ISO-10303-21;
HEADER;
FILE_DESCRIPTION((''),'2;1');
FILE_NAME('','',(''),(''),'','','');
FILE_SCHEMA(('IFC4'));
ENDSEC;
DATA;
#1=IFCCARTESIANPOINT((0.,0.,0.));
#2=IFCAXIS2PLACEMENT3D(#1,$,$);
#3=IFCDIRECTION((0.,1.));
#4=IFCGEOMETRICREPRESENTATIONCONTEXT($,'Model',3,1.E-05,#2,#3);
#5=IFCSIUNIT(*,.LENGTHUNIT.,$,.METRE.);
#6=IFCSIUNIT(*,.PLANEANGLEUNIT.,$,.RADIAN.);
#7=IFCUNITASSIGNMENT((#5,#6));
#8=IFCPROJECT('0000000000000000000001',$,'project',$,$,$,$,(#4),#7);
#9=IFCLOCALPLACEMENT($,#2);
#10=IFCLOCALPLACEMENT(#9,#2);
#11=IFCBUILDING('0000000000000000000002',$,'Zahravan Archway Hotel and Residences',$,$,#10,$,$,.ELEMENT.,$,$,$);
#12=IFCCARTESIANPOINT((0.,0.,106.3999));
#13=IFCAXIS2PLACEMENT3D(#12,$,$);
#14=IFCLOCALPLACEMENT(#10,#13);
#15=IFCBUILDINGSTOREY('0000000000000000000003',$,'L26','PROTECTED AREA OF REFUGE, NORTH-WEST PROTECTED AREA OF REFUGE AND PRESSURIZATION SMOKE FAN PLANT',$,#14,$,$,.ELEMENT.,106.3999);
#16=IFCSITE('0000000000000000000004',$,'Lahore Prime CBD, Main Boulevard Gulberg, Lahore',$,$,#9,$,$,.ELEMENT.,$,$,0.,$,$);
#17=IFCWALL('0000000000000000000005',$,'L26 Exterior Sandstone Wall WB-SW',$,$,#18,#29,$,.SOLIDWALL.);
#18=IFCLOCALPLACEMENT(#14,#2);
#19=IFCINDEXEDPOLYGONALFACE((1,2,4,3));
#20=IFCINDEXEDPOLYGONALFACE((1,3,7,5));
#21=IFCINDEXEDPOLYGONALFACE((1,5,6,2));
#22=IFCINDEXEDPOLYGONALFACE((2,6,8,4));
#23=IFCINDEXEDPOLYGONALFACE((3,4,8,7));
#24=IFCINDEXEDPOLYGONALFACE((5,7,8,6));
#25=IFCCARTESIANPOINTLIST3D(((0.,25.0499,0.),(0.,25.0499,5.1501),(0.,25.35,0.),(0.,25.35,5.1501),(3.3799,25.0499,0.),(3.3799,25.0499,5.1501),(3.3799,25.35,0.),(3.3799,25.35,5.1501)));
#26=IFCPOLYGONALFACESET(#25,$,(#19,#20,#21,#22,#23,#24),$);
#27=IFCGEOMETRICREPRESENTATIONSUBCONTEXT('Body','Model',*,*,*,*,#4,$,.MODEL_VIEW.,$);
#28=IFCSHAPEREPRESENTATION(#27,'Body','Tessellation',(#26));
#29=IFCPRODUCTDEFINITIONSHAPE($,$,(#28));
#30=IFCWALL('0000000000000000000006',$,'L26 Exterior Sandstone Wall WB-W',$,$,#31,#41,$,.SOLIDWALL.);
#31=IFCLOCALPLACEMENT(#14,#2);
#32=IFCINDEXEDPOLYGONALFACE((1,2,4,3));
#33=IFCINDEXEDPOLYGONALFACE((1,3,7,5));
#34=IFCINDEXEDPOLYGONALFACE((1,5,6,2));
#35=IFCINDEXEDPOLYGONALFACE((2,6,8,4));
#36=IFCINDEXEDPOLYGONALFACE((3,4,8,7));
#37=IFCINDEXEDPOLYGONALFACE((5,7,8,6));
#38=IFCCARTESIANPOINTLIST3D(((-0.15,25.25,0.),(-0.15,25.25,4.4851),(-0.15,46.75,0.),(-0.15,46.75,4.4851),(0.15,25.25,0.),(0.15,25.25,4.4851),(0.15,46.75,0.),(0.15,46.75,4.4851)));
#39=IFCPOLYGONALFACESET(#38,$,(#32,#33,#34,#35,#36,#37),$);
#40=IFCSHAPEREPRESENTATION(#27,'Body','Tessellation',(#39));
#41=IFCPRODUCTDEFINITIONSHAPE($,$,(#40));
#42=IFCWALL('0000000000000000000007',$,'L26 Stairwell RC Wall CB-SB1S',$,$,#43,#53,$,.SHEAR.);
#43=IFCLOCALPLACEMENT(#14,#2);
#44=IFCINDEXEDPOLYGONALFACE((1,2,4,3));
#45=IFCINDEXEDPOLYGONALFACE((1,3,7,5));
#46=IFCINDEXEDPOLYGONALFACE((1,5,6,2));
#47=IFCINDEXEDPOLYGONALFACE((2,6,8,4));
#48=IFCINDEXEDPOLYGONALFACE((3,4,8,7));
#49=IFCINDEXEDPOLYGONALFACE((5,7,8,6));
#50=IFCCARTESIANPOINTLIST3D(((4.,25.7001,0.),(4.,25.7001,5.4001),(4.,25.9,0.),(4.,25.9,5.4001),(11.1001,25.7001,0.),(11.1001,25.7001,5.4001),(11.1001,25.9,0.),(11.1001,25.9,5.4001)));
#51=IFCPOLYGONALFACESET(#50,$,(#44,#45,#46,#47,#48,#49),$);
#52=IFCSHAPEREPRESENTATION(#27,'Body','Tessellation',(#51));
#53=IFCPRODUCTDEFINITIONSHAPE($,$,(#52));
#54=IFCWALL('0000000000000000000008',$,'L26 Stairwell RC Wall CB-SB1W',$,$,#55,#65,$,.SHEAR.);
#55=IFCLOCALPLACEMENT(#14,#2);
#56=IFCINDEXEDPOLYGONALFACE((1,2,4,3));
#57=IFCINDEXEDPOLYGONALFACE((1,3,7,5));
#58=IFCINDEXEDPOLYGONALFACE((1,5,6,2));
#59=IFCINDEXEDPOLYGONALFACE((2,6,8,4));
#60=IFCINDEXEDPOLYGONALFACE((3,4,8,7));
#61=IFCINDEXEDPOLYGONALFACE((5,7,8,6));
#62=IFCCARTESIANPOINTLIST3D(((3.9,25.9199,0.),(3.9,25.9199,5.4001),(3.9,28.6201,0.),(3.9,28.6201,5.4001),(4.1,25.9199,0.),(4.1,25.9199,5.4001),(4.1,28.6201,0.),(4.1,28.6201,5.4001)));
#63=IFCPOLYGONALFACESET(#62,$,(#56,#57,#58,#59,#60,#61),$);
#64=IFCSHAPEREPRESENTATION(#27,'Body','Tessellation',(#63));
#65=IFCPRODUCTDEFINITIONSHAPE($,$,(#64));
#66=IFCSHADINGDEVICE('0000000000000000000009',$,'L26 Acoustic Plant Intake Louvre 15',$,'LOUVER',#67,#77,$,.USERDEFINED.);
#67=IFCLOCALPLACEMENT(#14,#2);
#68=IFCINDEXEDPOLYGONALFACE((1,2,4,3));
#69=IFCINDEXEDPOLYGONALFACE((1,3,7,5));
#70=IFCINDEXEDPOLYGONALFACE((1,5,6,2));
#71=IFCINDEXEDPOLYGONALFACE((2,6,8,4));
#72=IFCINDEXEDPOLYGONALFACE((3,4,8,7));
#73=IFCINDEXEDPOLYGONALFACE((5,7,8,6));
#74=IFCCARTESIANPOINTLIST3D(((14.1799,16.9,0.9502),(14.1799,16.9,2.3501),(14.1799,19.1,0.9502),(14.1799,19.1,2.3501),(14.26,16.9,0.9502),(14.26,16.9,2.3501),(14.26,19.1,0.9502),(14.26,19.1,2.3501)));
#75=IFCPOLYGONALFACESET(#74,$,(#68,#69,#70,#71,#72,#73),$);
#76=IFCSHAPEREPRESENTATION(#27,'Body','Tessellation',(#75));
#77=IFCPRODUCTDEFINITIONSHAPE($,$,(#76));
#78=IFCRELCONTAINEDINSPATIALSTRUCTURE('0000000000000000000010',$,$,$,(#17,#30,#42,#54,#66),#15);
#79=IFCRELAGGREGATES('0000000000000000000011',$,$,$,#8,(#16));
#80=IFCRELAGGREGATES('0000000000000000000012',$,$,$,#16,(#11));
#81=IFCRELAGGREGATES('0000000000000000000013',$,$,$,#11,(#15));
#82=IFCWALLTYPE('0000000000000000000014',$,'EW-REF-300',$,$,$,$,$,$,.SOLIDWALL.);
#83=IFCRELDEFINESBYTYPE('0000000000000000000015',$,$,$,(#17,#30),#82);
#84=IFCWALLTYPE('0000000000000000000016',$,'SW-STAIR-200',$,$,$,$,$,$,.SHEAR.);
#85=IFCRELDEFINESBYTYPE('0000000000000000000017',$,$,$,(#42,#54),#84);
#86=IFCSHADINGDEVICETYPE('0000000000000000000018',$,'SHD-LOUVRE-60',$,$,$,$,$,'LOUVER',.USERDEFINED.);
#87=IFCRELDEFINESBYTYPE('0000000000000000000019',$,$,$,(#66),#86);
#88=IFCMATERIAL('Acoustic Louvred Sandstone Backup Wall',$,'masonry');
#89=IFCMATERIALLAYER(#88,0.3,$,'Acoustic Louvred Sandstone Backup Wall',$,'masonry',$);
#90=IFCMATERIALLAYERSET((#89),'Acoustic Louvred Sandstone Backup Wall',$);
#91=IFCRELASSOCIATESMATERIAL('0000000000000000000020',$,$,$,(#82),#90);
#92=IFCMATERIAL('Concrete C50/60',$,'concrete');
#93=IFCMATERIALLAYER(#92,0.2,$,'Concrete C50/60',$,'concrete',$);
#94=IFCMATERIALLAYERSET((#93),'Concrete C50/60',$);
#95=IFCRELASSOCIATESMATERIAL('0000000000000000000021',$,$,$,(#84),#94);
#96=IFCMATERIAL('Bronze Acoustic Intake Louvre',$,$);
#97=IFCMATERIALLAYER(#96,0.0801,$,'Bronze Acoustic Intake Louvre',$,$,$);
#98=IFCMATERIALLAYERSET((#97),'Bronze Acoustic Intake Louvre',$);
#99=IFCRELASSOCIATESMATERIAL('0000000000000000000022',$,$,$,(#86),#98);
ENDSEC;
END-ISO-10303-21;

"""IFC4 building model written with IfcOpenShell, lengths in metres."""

from ifc_helpers import new_model, si_unit, direction, frame, frame_2d, origin, origin_2d, place, context, subcontext, project, spatial, rectangle, extrude, source, transform, mapped, material, layer, layer_set, type_object, type_shapes, element, save


model = new_model("IFC4")

# Units and contexts
model_context = context("Model", 3, precision=1e-05, world=origin(), true_north=direction((0.0, 1.0)))
body_context = subcontext(model_context, "Body", "Model", "MODEL_VIEW")
ifc_project = project(units=[si_unit("LENGTHUNIT", "METRE"), si_unit("PLANEANGLEUNIT", "RADIAN")], contexts=[model_context])

# Site, building, storey
site_placement = place(None, origin())
site = spatial("IfcSite", under=ifc_project, at=site_placement, Name="Lahore Prime CBD, Main Boulevard Gulberg, Lahore", CompositionType="ELEMENT", RefElevation=0.0)
building_placement = place(site_placement, origin())
building = spatial("IfcBuilding", under=site, at=building_placement, Name="Zahravan Archway Hotel and Residences", CompositionType="ELEMENT")
storey_placement = place(building_placement, frame((0.0, 0.0, 106.3999)))
storey = spatial("IfcBuildingStorey", under=building, at=storey_placement, Name="L26", Description="PROTECTED AREA OF REFUGE, NORTH-WEST PROTECTED AREA OF REFUGE AND PRESSURIZATION SMOKE FAN PLANT", CompositionType="ELEMENT", Elevation=106.3999)

# Walls
ifc_material_1 = material(Name="Acoustic Louvred Sandstone Backup Wall", Category="masonry")
ifc_layer_1 = layer(ifc_material_1, 0.3, Name="Acoustic Louvred Sandstone Backup Wall", Category="masonry")
ifc_layer_set_1 = layer_set([ifc_layer_1], Name="Acoustic Louvred Sandstone Backup Wall")
wall_type_1 = type_object("IfcWallType", Name="EW-REF-300", PredefinedType="SOLIDWALL", material=ifc_layer_set_1)
wall_1_placement = place(storey_placement, frame((0.0, 25.2, 0.0), z_axis=(0.0, 0.0, 1.0), x_axis=(1.0, 0.0, 0.0)))
element("IfcWall", 1, at=wall_1_placement, inside=storey, type_object=wall_type_1, Name="L26 Exterior Sandstone Wall WB-SW", PredefinedType="SOLIDWALL", context=body_context, shape_type="SweptSolid", body=[
    extrude(rectangle(XDim=3.3799, YDim=0.3, at=frame_2d((1.6899, 0.0))), origin(), (0.0, 0.0, 1.0), 5.1501),
])
wall_2_placement = place(storey_placement, frame((0.0, 25.25, 0.0), z_axis=(0.0, 0.0, 1.0), x_axis=(0.0, 1.0, 0.0)))
element("IfcWall", 2, at=wall_2_placement, inside=storey, type_object=wall_type_1, Name="L26 Exterior Sandstone Wall WB-W", PredefinedType="SOLIDWALL", context=body_context, shape_type="SweptSolid", body=[
    extrude(rectangle(XDim=21.5, YDim=0.3, at=frame_2d((10.75, 0.0))), origin(), (0.0, 0.0, 1.0), 4.4851),
])
ifc_material_2 = material(Name="Concrete C50/60", Category="concrete")
ifc_layer_2 = layer(ifc_material_2, 0.2, Name="Concrete C50/60", Category="concrete")
ifc_layer_set_2 = layer_set([ifc_layer_2], Name="Concrete C50/60")
wall_type_2 = type_object("IfcWallType", Name="SW-STAIR-200", PredefinedType="SHEAR", material=ifc_layer_set_2)
wall_3_placement = place(storey_placement, frame((4.0, 25.8, 0.0), z_axis=(0.0, 0.0, 1.0), x_axis=(1.0, 0.0, 0.0)))
element("IfcWall", 3, at=wall_3_placement, inside=storey, type_object=wall_type_2, Name="L26 Stairwell RC Wall CB-SB1S", PredefinedType="SHEAR", context=body_context, shape_type="SweptSolid", body=[
    extrude(rectangle(XDim=7.1001, YDim=0.2, at=frame_2d((3.55, 0.0))), origin(), (0.0, 0.0, 1.0), 5.4001),
])
wall_4_placement = place(storey_placement, frame((4.0, 25.9199, 0.0), z_axis=(0.0, 0.0, 1.0), x_axis=(0.0, 1.0, 0.0)))
element("IfcWall", 4, at=wall_4_placement, inside=storey, type_object=wall_type_2, Name="L26 Stairwell RC Wall CB-SB1W", PredefinedType="SHEAR", context=body_context, shape_type="SweptSolid", body=[
    extrude(rectangle(XDim=2.7002, YDim=0.2, at=frame_2d((1.3501, 0.0))), origin(), (0.0, 0.0, 1.0), 5.4001),
])

# Shading device
ifc_material_3 = material(Name="Bronze Acoustic Intake Louvre")
ifc_layer_3 = layer(ifc_material_3, 0.0801, Name="Bronze Acoustic Intake Louvre")
ifc_layer_set_3 = layer_set([ifc_layer_3], Name="Bronze Acoustic Intake Louvre")
shading_device_type = type_object("IfcShadingDeviceType", Name="SHD-LOUVRE-60", ElementType="LOUVER", PredefinedType="USERDEFINED", material=ifc_layer_set_3)
shared_shape_1 = source(origin(), body_context, "Body", "SweptSolid", [
    extrude(rectangle(XDim=2.2, YDim=0.0801, at=origin_2d()), origin(), (0.0, 0.0, 1.0), 1.3999),
])
type_shapes(shading_device_type, [shared_shape_1])
shading_device_placement = place(storey_placement, frame((14.22, 18.0, 0.9502), z_axis=(0.0, 0.0, 1.0), x_axis=(0.0, 1.0, 0.0)))
element("IfcShadingDevice", 5, at=shading_device_placement, inside=storey, type_object=shading_device_type, Name="L26 Acoustic Plant Intake Louvre 15", ObjectType="LOUVER", PredefinedType="USERDEFINED", context=body_context, shape_type="MappedRepresentation", body=[
    mapped(shared_shape_1, transform((0.0, 0.0, 0.0), scale=1.0)),
])

save(model, "model.ifc")
